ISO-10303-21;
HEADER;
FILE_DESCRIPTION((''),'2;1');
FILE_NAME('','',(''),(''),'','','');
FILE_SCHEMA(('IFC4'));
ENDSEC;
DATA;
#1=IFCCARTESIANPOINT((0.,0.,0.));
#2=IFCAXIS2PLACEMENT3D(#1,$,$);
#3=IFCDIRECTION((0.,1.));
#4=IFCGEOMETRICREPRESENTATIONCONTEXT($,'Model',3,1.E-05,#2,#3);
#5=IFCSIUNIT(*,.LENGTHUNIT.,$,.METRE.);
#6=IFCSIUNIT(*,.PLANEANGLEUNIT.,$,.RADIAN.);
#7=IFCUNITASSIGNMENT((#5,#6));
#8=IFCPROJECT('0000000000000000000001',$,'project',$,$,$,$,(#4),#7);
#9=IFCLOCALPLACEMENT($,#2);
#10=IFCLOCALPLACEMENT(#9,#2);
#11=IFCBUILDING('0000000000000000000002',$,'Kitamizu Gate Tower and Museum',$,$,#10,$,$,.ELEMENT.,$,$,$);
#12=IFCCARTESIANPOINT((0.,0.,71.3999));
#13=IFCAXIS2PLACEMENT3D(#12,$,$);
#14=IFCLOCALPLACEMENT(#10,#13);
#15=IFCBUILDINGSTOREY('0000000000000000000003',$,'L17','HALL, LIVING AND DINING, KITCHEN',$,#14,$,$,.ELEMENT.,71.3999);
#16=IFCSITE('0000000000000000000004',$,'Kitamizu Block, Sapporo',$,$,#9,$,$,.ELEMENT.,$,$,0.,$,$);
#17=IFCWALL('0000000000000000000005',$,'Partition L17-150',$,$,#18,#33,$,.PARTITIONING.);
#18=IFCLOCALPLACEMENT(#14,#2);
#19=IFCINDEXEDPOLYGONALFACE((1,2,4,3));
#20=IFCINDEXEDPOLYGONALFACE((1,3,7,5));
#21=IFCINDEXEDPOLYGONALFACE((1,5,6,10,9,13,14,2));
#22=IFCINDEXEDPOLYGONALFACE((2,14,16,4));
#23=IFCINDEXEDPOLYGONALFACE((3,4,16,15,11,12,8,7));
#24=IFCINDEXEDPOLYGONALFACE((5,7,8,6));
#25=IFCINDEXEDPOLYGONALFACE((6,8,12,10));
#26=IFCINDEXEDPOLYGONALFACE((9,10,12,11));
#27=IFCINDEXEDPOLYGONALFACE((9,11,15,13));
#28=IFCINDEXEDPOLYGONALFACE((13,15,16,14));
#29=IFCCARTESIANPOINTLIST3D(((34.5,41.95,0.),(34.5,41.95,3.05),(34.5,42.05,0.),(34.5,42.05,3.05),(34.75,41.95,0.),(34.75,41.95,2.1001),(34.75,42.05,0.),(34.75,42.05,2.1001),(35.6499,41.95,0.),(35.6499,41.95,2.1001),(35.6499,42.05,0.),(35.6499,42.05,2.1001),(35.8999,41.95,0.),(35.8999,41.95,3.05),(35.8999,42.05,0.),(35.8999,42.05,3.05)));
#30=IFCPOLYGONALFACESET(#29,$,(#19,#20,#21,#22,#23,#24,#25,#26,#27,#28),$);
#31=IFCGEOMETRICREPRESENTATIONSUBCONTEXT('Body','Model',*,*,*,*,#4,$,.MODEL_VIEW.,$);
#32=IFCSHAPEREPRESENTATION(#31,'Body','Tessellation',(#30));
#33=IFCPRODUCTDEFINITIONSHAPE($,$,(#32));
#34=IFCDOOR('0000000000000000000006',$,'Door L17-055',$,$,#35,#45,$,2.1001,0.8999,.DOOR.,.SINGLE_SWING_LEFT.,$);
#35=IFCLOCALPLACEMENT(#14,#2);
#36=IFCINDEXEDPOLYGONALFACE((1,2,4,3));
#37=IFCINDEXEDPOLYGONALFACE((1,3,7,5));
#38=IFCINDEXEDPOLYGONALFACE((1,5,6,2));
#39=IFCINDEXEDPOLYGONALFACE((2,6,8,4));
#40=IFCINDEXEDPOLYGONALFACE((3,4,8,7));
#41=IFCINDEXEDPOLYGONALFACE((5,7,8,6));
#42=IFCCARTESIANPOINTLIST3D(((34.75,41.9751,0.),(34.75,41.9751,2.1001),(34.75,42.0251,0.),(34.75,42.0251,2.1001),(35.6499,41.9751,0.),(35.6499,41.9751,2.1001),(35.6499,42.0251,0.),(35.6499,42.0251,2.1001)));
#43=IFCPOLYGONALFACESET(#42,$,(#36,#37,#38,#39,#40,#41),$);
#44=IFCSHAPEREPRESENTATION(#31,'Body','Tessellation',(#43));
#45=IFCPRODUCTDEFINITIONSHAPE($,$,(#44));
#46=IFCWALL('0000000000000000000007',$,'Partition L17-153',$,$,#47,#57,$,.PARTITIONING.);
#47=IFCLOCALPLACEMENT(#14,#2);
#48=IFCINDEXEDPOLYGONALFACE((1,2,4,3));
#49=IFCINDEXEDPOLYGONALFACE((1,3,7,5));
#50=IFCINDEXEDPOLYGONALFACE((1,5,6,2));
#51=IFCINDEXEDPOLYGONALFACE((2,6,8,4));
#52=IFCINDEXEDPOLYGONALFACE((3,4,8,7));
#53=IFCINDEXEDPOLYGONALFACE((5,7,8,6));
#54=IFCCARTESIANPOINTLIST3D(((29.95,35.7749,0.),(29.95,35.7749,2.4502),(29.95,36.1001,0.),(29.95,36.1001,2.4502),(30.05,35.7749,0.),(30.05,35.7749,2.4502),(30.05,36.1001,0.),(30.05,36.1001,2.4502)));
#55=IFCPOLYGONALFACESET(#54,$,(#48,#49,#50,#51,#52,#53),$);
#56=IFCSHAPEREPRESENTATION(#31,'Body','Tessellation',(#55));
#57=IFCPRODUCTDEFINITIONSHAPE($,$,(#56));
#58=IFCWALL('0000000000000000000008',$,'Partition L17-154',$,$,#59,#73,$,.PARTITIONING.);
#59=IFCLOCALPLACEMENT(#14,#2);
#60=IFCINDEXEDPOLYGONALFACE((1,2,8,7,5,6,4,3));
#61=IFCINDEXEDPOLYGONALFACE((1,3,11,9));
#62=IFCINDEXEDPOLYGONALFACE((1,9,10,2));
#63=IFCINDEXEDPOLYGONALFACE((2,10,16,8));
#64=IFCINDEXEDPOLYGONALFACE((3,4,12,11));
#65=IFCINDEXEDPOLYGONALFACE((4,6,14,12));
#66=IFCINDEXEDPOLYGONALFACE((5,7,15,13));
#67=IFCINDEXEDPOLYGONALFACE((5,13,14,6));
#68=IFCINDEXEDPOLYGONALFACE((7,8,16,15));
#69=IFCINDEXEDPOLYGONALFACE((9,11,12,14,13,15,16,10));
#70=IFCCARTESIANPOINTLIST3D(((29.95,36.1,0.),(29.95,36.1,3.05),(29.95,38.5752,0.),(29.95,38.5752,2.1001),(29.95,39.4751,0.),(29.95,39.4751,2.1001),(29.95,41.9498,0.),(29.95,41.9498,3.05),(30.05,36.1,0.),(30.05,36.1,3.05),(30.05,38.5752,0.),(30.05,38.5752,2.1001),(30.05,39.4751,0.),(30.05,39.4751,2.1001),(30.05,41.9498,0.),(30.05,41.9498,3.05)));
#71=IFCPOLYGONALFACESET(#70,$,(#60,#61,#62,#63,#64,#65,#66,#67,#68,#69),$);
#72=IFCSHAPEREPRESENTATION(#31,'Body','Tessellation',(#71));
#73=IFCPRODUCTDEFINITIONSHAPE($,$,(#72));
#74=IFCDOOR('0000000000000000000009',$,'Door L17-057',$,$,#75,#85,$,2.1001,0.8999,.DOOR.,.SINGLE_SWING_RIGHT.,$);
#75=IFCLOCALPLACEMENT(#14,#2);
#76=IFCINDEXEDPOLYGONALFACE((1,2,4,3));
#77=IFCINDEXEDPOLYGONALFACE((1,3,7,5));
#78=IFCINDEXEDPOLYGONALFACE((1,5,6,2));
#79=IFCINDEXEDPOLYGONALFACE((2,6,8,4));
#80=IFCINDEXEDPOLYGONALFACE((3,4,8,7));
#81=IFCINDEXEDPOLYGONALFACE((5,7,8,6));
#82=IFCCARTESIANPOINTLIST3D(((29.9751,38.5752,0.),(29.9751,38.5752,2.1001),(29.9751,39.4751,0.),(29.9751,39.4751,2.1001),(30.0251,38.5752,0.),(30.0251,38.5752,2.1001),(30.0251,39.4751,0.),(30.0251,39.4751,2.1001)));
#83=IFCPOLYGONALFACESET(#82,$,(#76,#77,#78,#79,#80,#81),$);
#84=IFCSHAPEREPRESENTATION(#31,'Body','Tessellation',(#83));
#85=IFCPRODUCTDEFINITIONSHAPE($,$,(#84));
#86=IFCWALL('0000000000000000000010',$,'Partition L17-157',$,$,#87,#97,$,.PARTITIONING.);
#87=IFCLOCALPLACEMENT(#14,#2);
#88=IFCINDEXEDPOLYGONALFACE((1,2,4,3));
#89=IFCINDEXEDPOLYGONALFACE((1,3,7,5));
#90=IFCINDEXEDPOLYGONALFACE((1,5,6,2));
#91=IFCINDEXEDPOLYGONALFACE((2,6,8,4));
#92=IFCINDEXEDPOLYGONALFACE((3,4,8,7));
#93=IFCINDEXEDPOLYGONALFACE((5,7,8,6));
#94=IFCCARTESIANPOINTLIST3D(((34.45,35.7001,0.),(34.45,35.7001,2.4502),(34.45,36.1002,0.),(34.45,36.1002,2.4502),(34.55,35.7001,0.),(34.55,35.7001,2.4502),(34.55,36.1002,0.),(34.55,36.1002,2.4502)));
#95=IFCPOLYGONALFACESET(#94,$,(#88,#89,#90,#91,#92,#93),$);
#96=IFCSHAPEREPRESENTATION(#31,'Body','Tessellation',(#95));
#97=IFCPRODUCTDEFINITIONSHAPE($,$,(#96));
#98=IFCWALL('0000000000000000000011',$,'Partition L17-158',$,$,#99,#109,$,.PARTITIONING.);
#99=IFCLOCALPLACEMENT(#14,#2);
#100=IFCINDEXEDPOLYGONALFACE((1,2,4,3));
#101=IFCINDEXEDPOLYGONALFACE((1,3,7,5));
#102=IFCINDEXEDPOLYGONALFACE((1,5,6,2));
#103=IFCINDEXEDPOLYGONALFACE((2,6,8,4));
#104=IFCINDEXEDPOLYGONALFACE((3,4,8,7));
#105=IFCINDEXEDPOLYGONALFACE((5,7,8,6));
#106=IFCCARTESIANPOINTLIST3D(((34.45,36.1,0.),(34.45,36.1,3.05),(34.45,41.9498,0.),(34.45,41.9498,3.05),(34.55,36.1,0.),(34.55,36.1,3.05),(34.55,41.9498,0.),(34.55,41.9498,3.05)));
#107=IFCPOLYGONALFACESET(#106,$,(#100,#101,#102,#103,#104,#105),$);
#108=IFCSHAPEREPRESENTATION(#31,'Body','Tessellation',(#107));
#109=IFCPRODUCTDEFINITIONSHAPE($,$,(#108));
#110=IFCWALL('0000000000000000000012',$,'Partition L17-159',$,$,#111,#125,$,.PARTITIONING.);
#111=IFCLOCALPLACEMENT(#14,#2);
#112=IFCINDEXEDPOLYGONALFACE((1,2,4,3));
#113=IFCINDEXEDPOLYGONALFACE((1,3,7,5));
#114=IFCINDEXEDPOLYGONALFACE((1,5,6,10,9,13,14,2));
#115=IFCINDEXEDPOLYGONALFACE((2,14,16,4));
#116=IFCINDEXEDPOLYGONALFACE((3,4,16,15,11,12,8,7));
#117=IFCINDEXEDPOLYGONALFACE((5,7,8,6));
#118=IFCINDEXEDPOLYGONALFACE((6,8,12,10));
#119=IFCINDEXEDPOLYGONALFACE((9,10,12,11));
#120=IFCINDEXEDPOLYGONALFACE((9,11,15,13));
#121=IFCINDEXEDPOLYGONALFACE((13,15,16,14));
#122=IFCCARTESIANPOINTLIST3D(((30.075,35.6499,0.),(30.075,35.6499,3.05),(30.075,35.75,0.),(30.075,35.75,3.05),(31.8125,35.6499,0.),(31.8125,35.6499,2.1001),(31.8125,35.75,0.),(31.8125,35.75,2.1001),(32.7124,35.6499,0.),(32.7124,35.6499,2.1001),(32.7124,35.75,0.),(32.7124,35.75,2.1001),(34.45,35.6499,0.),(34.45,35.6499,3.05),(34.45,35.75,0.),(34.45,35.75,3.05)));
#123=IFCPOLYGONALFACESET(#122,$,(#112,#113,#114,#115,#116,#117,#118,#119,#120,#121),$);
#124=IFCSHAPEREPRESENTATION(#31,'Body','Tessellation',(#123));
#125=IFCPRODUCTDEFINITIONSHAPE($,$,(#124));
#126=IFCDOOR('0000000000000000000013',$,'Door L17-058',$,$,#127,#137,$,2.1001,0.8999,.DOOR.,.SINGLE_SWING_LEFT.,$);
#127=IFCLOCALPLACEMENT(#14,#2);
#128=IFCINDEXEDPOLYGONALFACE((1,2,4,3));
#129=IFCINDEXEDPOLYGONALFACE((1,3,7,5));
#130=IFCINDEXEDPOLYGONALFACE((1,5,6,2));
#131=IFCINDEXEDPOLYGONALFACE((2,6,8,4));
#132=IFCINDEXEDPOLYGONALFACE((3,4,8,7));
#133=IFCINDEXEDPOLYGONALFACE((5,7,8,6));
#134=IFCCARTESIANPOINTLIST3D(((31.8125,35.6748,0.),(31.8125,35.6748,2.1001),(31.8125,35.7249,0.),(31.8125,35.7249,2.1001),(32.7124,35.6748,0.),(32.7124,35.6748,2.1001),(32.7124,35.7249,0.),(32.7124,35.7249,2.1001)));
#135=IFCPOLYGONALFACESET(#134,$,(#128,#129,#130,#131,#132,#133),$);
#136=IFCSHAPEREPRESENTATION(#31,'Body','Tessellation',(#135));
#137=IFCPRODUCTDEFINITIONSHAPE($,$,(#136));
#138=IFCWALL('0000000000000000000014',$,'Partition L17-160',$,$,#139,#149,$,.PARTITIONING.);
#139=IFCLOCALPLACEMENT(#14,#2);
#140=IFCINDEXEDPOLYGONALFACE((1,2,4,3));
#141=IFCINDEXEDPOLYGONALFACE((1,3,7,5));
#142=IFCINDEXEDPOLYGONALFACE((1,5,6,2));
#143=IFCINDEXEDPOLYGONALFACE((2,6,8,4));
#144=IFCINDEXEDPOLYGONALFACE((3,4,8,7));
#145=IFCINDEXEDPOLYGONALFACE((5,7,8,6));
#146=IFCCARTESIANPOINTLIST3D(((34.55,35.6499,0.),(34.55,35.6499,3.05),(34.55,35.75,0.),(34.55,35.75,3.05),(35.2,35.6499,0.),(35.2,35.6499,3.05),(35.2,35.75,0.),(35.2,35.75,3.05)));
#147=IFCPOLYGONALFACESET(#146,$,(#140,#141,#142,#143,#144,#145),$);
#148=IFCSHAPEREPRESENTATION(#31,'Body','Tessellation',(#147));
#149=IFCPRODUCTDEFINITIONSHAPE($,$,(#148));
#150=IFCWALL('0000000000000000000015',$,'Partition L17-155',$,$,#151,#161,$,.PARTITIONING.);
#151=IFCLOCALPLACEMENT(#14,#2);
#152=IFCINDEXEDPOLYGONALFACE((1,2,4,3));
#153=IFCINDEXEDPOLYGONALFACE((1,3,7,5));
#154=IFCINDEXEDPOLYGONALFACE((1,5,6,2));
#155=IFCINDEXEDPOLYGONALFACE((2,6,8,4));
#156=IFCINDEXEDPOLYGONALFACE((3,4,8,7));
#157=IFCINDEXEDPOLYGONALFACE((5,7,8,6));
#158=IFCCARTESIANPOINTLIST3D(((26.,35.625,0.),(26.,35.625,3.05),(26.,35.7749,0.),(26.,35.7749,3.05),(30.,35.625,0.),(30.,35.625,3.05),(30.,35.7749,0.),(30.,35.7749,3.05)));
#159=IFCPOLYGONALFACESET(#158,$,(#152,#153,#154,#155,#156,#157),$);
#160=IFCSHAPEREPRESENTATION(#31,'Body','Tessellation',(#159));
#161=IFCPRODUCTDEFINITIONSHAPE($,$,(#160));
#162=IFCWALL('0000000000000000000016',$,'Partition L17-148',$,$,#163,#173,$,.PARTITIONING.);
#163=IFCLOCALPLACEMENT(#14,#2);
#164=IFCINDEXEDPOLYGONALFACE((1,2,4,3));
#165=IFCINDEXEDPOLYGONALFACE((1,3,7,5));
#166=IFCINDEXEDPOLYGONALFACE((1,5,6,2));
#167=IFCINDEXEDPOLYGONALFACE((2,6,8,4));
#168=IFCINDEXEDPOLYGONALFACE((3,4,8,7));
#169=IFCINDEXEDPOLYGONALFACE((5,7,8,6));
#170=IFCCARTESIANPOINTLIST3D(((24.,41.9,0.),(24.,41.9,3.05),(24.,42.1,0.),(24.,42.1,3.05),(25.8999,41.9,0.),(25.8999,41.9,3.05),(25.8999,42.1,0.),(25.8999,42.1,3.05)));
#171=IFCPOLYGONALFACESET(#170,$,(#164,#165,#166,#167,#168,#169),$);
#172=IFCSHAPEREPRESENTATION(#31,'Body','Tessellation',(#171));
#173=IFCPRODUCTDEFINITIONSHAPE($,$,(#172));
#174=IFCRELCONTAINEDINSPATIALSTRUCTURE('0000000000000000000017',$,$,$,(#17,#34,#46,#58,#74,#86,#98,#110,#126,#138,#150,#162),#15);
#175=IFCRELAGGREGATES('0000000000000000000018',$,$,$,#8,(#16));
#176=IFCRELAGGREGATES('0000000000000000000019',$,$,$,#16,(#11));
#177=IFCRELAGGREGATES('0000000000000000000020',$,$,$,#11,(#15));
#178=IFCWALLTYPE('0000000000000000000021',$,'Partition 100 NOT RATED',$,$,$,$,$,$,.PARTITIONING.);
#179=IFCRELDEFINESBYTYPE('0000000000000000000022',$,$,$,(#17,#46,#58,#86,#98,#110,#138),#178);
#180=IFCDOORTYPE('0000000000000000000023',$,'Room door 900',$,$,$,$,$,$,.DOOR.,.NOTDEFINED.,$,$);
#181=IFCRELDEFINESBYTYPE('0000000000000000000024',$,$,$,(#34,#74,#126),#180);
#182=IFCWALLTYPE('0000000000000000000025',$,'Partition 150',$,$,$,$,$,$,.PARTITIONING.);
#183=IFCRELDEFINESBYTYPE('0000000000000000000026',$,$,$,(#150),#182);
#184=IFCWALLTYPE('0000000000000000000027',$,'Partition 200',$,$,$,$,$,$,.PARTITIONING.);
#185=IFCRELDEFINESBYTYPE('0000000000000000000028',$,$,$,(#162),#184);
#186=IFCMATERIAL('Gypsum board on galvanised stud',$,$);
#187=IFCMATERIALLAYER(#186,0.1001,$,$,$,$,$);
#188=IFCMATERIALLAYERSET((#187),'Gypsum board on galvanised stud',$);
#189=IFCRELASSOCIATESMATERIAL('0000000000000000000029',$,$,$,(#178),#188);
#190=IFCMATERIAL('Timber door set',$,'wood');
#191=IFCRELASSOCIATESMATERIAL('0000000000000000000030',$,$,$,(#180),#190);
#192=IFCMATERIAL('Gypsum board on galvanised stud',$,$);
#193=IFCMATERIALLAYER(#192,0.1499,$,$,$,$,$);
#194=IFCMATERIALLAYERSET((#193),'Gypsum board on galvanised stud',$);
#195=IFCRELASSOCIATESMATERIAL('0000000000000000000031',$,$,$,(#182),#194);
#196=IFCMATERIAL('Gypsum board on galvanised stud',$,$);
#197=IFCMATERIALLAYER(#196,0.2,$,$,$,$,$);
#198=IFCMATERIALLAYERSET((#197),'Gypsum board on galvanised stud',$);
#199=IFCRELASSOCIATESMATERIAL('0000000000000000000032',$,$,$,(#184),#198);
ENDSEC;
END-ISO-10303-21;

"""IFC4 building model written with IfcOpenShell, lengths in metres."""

from ifc_helpers import new_model, si_unit, direction, frame, frame_2d, origin, place, context, subcontext, project, spatial, rectangle, extrude, material, layer, layer_set, type_object, element, fill, save


model = new_model("IFC4")

# Units and contexts
model_context = context("Model", 3, precision=1e-05, world=origin(), true_north=direction((0.0, 1.0)))
body_context = subcontext(model_context, "Body", "Model", "MODEL_VIEW")
ifc_project = project(units=[si_unit("LENGTHUNIT", "METRE"), si_unit("PLANEANGLEUNIT", "RADIAN")], contexts=[model_context])

# Site, building, storey
site_placement = place(None, origin())
site = spatial("IfcSite", under=ifc_project, at=site_placement, Name="Kitamizu Block, Sapporo", CompositionType="ELEMENT", RefElevation=0.0)
building_placement = place(site_placement, origin())
building = spatial("IfcBuilding", under=site, at=building_placement, Name="Kitamizu Gate Tower and Museum", CompositionType="ELEMENT")
storey_placement = place(building_placement, frame((0.0, 0.0, 71.3999)))
storey = spatial("IfcBuildingStorey", under=building, at=storey_placement, Name="L17", Description="HALL, LIVING AND DINING, KITCHEN", CompositionType="ELEMENT", Elevation=71.3999)

# Shared definitions
ifc_material_1 = material(Name="Gypsum board on galvanised stud")
ifc_layer_1 = layer(ifc_material_1, 0.1001)
ifc_layer_set_1 = layer_set([ifc_layer_1], Name="Gypsum board on galvanised stud")
wall_type_1 = type_object("IfcWallType", Name="Partition 100 NOT RATED", PredefinedType="PARTITIONING", material=ifc_layer_set_1)
ifc_material_2 = material(Name="Timber door set", Category="wood")
door_type = type_object("IfcDoorType", Name="Room door 900", OperationType="NOTDEFINED", PredefinedType="DOOR", material=ifc_material_2)

# Wall, opening, door
wall_1_placement = place(storey_placement, frame((34.5, 42.0, 0.0), z_axis=(0.0, 0.0, 1.0), x_axis=(1.0, 0.0, 0.0)))
wall_1 = element("IfcWall", 1, at=wall_1_placement, inside=storey, type_object=wall_type_1, Name="Partition L17-150", PredefinedType="PARTITIONING", context=body_context, shape_type="SweptSolid", body=[
    extrude(rectangle(XDim=1.3999, YDim=0.1001, at=frame_2d((0.7, 0.0))), origin(), (0.0, 0.0, 1.0), 3.05),
])
opening_1_placement = place(wall_1_placement, frame((0.25, 0.0, 0.0)))
opening_1 = element("IfcOpeningElement", 2, at=opening_1_placement, cuts=wall_1, PredefinedType="OPENING", context=body_context, shape_type="SweptSolid", body=[
    extrude(rectangle(XDim=0.8999, YDim=2.1001, at=frame_2d((0.45, 1.05))), frame((0.0, 0.0601, 0.0), z_axis=(0.0, -1.0, 0.0), x_axis=(1.0, 0.0, 0.0)), (0.0, 0.0, 1.0), 0.1201),
])
door_1_placement = place(opening_1_placement, frame((0.8999, 0.0, 0.0), x_axis=(-1.0, 0.0, 0.0)))
door_1 = element("IfcDoor", 3, at=door_1_placement, inside=storey, type_object=door_type, Name="Door L17-055", OperationType="SINGLE_SWING_LEFT", OverallHeight=2.1001, OverallWidth=0.8999, PredefinedType="DOOR", context=body_context, shape_type="SweptSolid", body=[
    extrude(rectangle(XDim=0.8999, YDim=2.1001, at=frame_2d((0.45, 1.05))), frame((0.0, 0.0249, 0.0), z_axis=(0.0, -1.0, 0.0), x_axis=(1.0, 0.0, 0.0)), (0.0, 0.0, 1.0), 0.05),
])
fill(opening_1, door_1)

# Wall
wall_2_placement = place(storey_placement, frame((30.0, 35.7749, 0.0), z_axis=(0.0, 0.0, 1.0), x_axis=(0.0, 1.0, 0.0)))
element("IfcWall", 4, at=wall_2_placement, inside=storey, type_object=wall_type_1, Name="Partition L17-153", PredefinedType="PARTITIONING", context=body_context, shape_type="SweptSolid", body=[
    extrude(rectangle(XDim=0.3252, YDim=0.1001, at=frame_2d((0.1626, 0.0))), origin(), (0.0, 0.0, 1.0), 2.4502),
])

# Wall, opening, door
wall_3_placement = place(storey_placement, frame((30.0, 36.1001, 0.0), z_axis=(0.0, 0.0, 1.0), x_axis=(0.0, 1.0, 0.0)))
wall_3 = element("IfcWall", 5, at=wall_3_placement, inside=storey, type_object=wall_type_1, Name="Partition L17-154", PredefinedType="PARTITIONING", context=body_context, shape_type="SweptSolid", body=[
    extrude(rectangle(XDim=5.8499, YDim=0.1001, at=frame_2d((2.9248, 0.0))), origin(), (0.0, 0.0, 1.0), 3.05),
])
opening_2_placement = place(wall_3_placement, frame((2.4751, 0.0, 0.0)))
opening_2 = element("IfcOpeningElement", 6, at=opening_2_placement, cuts=wall_3, PredefinedType="OPENING", context=body_context, shape_type="SweptSolid", body=[
    extrude(rectangle(XDim=0.8999, YDim=2.1001, at=frame_2d((0.45, 1.05))), frame((0.0, 0.0601, 0.0), z_axis=(0.0, -1.0, 0.0), x_axis=(1.0, 0.0, 0.0)), (0.0, 0.0, 1.0), 0.1201),
])
door_2_placement = place(opening_2_placement, origin())
door_2 = element("IfcDoor", 7, at=door_2_placement, inside=storey, type_object=door_type, Name="Door L17-057", OperationType="SINGLE_SWING_RIGHT", OverallHeight=2.1001, OverallWidth=0.8999, PredefinedType="DOOR", context=body_context, shape_type="SweptSolid", body=[
    extrude(rectangle(XDim=0.8999, YDim=2.1001, at=frame_2d((0.45, 1.05))), frame((0.0, 0.0249, 0.0), z_axis=(0.0, -1.0, 0.0), x_axis=(1.0, 0.0, 0.0)), (0.0, 0.0, 1.0), 0.05),
])
fill(opening_2, door_2)

# Walls
wall_4_placement = place(storey_placement, frame((34.5, 35.7, 0.0), z_axis=(0.0, 0.0, 1.0), x_axis=(0.0, 1.0, 0.0)))
element("IfcWall", 8, at=wall_4_placement, inside=storey, type_object=wall_type_1, Name="Partition L17-157", PredefinedType="PARTITIONING", context=body_context, shape_type="SweptSolid", body=[
    extrude(rectangle(XDim=0.4001, YDim=0.1001, at=frame_2d((0.2002, 0.0))), origin(), (0.0, 0.0, 1.0), 2.4502),
])
wall_5_placement = place(storey_placement, frame((34.5, 36.1001, 0.0), z_axis=(0.0, 0.0, 1.0), x_axis=(0.0, 1.0, 0.0)))
element("IfcWall", 9, at=wall_5_placement, inside=storey, type_object=wall_type_1, Name="Partition L17-158", PredefinedType="PARTITIONING", context=body_context, shape_type="SweptSolid", body=[
    extrude(rectangle(XDim=5.8499, YDim=0.1001, at=frame_2d((2.9248, 0.0))), origin(), (0.0, 0.0, 1.0), 3.05),
])

# Wall, opening, door
wall_6_placement = place(storey_placement, frame((30.075, 35.7, 0.0), z_axis=(0.0, 0.0, 1.0), x_axis=(1.0, 0.0, 0.0)))
wall_6 = element("IfcWall", 10, at=wall_6_placement, inside=storey, type_object=wall_type_1, Name="Partition L17-159", PredefinedType="PARTITIONING", context=body_context, shape_type="SweptSolid", body=[
    extrude(rectangle(XDim=4.375, YDim=0.1001, at=frame_2d((2.1875, 0.0))), origin(), (0.0, 0.0, 1.0), 3.05),
])
opening_3_placement = place(wall_6_placement, frame((1.7375, 0.0, 0.0)))
opening_3 = element("IfcOpeningElement", 11, at=opening_3_placement, cuts=wall_6, PredefinedType="OPENING", context=body_context, shape_type="SweptSolid", body=[
    extrude(rectangle(XDim=0.8999, YDim=2.1001, at=frame_2d((0.45, 1.05))), frame((0.0, 0.0601, 0.0), z_axis=(0.0, -1.0, 0.0), x_axis=(1.0, 0.0, 0.0)), (0.0, 0.0, 1.0), 0.1201),
])
door_3_placement = place(opening_3_placement, origin())
door_3 = element("IfcDoor", 12, at=door_3_placement, inside=storey, type_object=door_type, Name="Door L17-058", OperationType="SINGLE_SWING_LEFT", OverallHeight=2.1001, OverallWidth=0.8999, PredefinedType="DOOR", context=body_context, shape_type="SweptSolid", body=[
    extrude(rectangle(XDim=0.8999, YDim=2.1001, at=frame_2d((0.45, 1.05))), frame((0.0, 0.0249, 0.0), z_axis=(0.0, -1.0, 0.0), x_axis=(1.0, 0.0, 0.0)), (0.0, 0.0, 1.0), 0.05),
])
fill(opening_3, door_3)

# Walls
wall_7_placement = place(storey_placement, frame((34.55, 35.7, 0.0), z_axis=(0.0, 0.0, 1.0), x_axis=(1.0, 0.0, 0.0)))
element("IfcWall", 13, at=wall_7_placement, inside=storey, type_object=wall_type_1, Name="Partition L17-160", PredefinedType="PARTITIONING", context=body_context, shape_type="SweptSolid", body=[
    extrude(rectangle(XDim=0.6499, YDim=0.1001, at=frame_2d((0.325, 0.0))), origin(), (0.0, 0.0, 1.0), 3.05),
])
ifc_material_3 = material(Name="Gypsum board on galvanised stud")
ifc_layer_2 = layer(ifc_material_3, 0.1499)
ifc_layer_set_2 = layer_set([ifc_layer_2], Name="Gypsum board on galvanised stud")
wall_type_2 = type_object("IfcWallType", Name="Partition 150", PredefinedType="PARTITIONING", material=ifc_layer_set_2)
wall_8_placement = place(storey_placement, frame((26.0, 35.7, 0.0), z_axis=(0.0, 0.0, 1.0), x_axis=(1.0, 0.0, 0.0)))
element("IfcWall", 14, at=wall_8_placement, inside=storey, type_object=wall_type_2, Name="Partition L17-155", PredefinedType="PARTITIONING", context=body_context, shape_type="SweptSolid", body=[
    extrude(rectangle(XDim=4.0, YDim=0.1499, at=frame_2d((2.0, 0.0))), origin(), (0.0, 0.0, 1.0), 3.05),
])
ifc_material_4 = material(Name="Gypsum board on galvanised stud")
ifc_layer_3 = layer(ifc_material_4, 0.2)
ifc_layer_set_3 = layer_set([ifc_layer_3], Name="Gypsum board on galvanised stud")
wall_type_3 = type_object("IfcWallType", Name="Partition 200", PredefinedType="PARTITIONING", material=ifc_layer_set_3)
wall_9_placement = place(storey_placement, frame((24.0, 42.0, 0.0), z_axis=(0.0, 0.0, 1.0), x_axis=(1.0, 0.0, 0.0)))
element("IfcWall", 15, at=wall_9_placement, inside=storey, type_object=wall_type_3, Name="Partition L17-148", PredefinedType="PARTITIONING", context=body_context, shape_type="SweptSolid", body=[
    extrude(rectangle(XDim=1.8999, YDim=0.2, at=frame_2d((0.95, 0.0))), origin(), (0.0, 0.0, 1.0), 3.05),
])

save(model, "model.ifc")
